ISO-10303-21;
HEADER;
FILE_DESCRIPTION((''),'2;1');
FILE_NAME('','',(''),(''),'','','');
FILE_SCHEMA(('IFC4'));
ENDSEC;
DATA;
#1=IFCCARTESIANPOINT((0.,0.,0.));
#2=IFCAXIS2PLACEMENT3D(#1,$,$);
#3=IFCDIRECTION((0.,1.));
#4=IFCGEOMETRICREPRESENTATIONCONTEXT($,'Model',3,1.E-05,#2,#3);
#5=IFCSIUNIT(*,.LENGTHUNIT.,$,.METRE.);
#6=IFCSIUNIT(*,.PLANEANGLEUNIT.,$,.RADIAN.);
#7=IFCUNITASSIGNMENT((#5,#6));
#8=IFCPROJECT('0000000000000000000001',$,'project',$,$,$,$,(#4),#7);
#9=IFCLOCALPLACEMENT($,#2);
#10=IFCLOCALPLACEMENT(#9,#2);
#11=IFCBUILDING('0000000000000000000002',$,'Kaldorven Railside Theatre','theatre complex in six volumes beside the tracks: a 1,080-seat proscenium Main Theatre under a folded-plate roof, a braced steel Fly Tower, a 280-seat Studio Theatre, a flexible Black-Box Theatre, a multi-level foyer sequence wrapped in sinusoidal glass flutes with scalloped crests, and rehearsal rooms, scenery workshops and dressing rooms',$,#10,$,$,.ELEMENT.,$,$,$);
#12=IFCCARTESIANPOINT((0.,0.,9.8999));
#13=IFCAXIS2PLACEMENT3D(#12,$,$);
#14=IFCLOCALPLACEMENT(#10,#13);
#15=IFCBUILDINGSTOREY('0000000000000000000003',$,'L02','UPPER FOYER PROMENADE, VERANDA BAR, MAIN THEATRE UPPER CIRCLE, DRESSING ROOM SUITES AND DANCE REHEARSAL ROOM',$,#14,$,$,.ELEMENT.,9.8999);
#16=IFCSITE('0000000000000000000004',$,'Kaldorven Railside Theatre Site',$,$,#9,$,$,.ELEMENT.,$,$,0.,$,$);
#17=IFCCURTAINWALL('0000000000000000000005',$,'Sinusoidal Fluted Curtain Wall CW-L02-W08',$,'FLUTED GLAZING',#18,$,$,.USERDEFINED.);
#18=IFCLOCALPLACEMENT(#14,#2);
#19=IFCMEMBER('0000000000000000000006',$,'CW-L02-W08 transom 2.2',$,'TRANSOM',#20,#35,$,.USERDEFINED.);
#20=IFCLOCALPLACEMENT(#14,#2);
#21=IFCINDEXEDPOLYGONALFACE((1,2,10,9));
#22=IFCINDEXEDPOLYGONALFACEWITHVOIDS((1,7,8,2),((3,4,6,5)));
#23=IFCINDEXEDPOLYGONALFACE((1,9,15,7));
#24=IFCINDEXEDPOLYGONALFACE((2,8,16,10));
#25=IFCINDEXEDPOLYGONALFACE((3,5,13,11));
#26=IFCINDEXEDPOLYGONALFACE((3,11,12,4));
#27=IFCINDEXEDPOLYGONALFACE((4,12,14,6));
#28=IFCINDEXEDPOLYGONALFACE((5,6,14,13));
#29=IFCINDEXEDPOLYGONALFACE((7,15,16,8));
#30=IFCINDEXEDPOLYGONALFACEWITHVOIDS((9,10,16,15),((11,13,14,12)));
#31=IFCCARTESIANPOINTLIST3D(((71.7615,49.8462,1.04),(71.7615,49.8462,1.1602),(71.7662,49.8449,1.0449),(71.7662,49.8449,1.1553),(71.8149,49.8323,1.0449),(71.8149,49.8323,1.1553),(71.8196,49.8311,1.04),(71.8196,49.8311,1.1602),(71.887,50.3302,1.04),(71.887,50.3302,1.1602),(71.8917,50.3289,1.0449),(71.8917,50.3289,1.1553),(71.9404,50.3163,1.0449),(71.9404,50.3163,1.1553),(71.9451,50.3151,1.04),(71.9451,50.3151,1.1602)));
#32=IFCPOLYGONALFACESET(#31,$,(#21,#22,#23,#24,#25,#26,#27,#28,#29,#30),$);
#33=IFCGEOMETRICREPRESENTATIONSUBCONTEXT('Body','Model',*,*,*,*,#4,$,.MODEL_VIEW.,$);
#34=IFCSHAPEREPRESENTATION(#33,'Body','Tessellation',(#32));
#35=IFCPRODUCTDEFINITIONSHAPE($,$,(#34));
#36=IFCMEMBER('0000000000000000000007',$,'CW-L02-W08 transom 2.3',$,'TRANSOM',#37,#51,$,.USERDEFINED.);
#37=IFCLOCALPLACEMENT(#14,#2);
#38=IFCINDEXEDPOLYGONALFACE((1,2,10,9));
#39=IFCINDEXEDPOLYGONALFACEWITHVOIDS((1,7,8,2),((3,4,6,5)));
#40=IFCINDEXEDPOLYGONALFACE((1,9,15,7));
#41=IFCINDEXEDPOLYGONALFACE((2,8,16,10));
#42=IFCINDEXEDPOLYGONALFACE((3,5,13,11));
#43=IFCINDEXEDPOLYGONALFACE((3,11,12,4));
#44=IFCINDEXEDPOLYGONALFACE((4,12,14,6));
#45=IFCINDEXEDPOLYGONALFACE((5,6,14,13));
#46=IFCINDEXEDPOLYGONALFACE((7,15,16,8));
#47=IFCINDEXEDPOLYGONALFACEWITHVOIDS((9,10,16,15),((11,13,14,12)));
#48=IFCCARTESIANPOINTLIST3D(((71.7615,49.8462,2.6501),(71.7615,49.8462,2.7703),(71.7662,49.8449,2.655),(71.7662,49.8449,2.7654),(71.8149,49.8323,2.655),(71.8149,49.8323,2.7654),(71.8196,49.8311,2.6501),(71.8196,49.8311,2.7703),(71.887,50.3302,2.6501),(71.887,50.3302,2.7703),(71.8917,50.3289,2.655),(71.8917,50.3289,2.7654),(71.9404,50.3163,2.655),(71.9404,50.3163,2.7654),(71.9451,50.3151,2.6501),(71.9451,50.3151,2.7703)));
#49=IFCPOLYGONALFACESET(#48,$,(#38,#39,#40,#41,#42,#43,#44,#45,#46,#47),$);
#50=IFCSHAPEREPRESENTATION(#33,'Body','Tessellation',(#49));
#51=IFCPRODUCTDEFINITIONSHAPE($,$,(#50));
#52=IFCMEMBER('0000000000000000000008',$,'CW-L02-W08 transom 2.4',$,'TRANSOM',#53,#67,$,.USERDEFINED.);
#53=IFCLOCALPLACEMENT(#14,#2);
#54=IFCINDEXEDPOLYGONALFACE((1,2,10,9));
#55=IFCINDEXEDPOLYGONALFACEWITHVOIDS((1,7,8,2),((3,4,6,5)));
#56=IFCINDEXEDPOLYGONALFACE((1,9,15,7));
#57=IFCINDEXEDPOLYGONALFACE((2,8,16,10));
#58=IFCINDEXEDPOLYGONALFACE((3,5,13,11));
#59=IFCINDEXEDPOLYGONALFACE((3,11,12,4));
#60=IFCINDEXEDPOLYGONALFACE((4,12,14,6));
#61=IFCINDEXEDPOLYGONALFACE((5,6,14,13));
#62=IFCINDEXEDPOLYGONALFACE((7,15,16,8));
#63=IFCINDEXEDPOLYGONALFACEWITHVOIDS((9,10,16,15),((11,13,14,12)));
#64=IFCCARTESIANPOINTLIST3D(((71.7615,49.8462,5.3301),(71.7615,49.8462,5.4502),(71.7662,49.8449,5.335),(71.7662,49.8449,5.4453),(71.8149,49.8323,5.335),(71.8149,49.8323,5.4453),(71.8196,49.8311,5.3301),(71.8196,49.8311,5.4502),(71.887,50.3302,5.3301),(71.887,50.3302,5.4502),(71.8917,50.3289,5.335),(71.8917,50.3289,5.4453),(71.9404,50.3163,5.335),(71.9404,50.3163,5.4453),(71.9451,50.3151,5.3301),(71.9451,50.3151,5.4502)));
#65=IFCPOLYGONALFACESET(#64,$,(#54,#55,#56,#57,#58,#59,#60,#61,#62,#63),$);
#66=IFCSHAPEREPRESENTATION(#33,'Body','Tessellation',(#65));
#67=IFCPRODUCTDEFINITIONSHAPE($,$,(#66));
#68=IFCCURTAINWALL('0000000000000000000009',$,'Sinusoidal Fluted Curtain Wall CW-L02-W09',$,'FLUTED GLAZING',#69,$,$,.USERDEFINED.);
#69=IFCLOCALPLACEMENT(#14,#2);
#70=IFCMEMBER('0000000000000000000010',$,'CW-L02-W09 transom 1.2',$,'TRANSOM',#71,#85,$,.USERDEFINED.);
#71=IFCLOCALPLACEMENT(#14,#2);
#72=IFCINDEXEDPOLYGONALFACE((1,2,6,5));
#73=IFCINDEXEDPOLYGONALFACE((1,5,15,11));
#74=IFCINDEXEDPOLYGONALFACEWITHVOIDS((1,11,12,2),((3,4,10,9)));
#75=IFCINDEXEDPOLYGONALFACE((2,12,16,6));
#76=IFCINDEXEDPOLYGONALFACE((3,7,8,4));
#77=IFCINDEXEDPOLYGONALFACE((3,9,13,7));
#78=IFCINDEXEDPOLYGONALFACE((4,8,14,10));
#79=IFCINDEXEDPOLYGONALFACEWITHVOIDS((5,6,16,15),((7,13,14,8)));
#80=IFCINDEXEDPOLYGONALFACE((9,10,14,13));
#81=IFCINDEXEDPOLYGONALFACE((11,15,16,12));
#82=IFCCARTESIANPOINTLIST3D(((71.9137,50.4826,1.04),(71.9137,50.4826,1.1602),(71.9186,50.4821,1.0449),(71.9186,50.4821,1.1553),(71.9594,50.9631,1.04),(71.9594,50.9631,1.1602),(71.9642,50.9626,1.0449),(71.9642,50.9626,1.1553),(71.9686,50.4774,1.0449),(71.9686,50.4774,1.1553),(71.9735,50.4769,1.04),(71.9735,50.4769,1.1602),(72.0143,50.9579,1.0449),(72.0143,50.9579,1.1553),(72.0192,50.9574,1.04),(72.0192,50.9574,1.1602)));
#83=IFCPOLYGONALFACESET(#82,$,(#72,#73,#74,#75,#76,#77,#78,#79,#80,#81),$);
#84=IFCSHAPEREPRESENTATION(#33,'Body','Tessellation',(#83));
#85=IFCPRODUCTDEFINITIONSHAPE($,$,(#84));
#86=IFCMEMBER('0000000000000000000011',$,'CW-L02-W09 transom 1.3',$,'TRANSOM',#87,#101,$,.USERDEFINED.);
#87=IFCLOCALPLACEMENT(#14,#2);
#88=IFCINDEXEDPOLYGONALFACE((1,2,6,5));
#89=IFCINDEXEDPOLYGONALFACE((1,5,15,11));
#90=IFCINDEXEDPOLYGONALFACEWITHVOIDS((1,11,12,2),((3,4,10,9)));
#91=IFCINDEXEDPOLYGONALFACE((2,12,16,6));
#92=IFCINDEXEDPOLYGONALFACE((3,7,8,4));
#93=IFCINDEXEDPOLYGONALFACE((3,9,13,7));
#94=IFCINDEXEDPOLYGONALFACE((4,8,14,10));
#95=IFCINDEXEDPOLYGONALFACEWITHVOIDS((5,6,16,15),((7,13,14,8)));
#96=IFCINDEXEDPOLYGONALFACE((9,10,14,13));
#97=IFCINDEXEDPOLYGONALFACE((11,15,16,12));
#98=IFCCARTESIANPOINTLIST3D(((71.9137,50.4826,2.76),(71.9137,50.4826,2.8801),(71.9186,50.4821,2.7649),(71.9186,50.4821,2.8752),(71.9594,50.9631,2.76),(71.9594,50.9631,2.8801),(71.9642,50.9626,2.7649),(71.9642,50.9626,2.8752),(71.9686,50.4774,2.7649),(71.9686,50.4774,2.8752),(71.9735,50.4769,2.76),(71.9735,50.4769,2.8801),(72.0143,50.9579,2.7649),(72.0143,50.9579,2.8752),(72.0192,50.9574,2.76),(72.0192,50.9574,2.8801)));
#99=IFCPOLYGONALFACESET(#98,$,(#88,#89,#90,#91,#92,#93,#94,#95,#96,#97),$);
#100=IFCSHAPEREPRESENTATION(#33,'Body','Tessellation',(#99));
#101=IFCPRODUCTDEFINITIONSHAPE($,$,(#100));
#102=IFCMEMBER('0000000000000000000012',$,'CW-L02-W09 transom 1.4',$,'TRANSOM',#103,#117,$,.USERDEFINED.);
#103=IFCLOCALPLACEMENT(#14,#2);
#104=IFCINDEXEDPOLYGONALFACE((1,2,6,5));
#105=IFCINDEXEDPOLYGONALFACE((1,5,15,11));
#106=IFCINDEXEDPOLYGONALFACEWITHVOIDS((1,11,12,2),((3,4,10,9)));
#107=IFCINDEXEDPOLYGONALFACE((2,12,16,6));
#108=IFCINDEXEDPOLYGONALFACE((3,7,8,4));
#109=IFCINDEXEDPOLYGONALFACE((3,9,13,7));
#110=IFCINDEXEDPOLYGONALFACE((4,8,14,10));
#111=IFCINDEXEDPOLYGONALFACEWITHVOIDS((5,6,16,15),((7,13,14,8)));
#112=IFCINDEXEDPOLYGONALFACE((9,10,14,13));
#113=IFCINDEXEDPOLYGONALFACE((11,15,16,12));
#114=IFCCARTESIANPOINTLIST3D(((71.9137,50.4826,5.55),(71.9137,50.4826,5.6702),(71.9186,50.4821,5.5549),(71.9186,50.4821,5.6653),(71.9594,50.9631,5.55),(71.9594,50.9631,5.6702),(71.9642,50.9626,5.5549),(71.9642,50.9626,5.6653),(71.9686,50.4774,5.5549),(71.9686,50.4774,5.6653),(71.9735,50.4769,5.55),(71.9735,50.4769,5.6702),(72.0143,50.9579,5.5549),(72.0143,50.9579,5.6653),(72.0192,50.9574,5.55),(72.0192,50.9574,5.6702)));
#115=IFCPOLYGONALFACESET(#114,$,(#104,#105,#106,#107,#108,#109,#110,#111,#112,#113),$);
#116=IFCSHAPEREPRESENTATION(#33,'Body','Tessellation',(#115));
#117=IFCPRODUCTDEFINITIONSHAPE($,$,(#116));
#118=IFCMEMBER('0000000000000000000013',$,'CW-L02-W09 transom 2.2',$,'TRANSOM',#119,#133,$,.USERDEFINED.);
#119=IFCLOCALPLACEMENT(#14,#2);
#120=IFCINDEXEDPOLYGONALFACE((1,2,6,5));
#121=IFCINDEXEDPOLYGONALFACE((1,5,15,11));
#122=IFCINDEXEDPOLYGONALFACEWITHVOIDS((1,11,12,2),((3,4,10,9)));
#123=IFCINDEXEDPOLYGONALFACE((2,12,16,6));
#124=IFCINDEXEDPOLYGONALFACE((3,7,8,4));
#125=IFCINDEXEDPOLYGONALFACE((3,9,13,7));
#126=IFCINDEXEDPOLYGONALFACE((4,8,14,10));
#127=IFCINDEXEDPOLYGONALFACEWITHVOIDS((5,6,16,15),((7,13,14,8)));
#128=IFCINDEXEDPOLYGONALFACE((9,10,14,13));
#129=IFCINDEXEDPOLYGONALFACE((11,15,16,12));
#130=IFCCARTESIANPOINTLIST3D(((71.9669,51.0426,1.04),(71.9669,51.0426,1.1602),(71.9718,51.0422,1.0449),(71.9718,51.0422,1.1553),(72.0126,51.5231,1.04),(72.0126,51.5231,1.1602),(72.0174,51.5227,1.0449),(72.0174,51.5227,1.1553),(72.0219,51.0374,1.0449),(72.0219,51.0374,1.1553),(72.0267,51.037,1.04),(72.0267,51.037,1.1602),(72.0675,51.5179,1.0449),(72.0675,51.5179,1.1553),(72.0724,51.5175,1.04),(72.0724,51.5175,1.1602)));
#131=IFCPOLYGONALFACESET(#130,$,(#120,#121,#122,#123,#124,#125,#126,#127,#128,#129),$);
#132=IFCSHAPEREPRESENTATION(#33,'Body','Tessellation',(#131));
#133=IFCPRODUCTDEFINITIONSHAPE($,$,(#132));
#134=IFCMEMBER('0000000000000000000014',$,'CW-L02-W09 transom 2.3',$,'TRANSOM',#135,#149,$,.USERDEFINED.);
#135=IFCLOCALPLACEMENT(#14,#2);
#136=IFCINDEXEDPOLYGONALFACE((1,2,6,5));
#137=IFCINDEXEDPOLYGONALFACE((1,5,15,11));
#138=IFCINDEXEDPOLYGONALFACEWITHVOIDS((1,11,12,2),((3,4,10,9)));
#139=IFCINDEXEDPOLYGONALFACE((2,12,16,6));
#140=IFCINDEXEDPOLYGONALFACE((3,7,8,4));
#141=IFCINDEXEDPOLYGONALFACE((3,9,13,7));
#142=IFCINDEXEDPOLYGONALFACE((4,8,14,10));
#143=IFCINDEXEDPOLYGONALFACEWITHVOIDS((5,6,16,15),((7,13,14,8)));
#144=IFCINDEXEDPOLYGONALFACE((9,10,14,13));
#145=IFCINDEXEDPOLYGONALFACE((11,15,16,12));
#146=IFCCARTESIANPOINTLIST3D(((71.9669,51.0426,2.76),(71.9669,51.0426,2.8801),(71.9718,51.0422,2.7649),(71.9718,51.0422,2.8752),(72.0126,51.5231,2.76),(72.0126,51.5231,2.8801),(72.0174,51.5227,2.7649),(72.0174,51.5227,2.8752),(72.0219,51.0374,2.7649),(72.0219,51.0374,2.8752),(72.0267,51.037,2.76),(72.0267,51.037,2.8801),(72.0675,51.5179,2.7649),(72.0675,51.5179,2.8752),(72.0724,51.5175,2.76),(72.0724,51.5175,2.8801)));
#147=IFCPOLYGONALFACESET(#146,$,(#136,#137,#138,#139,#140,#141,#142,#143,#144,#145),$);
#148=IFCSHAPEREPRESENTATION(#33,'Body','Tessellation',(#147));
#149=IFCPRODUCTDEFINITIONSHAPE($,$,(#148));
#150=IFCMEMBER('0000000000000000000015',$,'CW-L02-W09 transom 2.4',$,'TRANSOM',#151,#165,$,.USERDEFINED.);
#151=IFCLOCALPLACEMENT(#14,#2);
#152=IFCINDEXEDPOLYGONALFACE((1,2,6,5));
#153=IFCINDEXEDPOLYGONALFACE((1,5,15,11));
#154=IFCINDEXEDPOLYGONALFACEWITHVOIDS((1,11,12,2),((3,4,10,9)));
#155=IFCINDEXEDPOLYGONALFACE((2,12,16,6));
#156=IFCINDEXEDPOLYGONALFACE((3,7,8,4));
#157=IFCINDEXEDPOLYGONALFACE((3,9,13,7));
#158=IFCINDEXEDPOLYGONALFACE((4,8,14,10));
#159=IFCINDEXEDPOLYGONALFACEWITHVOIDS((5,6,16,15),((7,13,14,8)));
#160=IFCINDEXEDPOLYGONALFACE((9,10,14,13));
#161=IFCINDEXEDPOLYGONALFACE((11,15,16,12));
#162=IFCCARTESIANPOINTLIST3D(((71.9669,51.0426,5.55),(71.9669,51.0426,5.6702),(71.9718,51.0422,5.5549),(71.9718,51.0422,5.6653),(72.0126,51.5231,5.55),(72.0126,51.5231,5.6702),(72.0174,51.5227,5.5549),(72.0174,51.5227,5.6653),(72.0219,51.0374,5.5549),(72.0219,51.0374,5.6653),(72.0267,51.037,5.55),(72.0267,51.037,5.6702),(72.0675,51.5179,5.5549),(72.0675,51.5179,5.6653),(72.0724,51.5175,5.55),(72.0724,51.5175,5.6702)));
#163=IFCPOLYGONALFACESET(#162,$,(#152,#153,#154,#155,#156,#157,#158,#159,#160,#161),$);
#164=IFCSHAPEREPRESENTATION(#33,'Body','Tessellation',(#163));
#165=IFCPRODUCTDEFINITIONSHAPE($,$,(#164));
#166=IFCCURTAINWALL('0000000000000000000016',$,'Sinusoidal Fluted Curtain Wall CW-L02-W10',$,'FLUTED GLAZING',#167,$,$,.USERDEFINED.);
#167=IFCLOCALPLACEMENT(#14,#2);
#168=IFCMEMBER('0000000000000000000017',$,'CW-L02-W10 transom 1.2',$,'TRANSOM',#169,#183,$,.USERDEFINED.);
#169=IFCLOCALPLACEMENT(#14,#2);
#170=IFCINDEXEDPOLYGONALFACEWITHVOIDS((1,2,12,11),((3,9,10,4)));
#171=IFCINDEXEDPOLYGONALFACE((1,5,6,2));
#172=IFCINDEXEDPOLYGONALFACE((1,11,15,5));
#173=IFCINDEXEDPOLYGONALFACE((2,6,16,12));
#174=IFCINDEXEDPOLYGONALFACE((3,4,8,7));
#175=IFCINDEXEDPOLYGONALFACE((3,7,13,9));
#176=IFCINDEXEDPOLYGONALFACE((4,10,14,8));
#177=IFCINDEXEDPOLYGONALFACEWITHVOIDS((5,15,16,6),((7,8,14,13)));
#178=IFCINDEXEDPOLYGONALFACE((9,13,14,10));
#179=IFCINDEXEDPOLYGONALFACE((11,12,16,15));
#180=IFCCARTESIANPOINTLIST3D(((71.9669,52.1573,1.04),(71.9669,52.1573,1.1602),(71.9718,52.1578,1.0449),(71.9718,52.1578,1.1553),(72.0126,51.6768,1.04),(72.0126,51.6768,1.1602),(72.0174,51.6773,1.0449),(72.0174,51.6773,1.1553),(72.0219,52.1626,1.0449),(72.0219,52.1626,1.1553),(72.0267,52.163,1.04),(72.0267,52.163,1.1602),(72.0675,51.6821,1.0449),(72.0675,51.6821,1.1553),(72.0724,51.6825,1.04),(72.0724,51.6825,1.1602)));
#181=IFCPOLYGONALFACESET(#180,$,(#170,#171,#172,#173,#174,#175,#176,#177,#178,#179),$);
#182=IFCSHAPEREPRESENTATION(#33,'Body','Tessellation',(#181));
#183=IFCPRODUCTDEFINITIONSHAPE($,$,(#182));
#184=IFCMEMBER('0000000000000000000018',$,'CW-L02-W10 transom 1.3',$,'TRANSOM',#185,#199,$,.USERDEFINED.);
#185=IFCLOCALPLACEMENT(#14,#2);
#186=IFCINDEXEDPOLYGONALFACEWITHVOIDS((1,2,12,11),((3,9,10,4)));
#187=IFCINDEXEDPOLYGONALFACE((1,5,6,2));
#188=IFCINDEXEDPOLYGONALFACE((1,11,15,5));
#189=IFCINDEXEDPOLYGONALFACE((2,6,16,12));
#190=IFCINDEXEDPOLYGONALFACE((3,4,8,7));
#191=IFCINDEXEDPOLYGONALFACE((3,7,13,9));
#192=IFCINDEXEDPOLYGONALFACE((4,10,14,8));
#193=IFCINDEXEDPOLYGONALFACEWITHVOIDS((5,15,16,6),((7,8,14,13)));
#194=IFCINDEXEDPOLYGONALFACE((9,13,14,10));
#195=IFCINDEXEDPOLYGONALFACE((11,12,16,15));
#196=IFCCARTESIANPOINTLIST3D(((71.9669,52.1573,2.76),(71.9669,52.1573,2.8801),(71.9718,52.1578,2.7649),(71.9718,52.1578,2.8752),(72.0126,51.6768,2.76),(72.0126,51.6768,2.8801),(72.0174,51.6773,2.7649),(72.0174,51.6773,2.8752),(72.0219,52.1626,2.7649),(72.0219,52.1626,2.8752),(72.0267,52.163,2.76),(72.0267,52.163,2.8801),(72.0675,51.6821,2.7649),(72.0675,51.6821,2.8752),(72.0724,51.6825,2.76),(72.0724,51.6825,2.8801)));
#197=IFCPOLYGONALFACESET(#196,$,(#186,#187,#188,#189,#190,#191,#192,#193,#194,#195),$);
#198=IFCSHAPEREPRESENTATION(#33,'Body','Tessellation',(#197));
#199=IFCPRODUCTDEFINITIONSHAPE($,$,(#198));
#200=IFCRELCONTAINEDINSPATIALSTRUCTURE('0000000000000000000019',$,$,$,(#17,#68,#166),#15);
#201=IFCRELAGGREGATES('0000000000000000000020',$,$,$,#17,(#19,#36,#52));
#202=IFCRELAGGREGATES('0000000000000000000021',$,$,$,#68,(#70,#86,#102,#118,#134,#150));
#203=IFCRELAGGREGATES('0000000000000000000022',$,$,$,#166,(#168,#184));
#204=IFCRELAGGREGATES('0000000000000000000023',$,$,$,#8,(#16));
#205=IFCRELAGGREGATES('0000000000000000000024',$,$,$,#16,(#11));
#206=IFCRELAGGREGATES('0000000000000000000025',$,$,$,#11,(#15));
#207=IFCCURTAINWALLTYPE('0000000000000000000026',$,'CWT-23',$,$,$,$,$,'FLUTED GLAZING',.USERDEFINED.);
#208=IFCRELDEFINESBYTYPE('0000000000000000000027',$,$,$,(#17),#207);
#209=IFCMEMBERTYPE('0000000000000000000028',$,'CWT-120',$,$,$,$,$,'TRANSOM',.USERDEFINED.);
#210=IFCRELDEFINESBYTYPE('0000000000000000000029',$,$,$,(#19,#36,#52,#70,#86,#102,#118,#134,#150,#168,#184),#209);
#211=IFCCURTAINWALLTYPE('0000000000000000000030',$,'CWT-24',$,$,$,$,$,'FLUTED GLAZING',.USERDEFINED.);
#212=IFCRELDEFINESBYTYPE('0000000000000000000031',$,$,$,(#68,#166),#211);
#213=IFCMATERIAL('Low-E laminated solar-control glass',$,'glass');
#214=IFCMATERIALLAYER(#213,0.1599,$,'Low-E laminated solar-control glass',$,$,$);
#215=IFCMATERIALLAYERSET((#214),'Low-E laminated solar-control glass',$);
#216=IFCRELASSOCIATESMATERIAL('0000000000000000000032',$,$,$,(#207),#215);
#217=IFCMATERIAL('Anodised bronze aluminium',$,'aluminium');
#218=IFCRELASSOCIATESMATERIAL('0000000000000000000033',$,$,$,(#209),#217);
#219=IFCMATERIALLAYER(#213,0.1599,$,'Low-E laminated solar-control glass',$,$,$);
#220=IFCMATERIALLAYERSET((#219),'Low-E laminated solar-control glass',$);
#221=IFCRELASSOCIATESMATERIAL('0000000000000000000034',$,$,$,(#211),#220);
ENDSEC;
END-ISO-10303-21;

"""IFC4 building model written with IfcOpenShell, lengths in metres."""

from ifc_helpers import new_model, si_unit, direction, frame, origin, origin_2d, place, context, subcontext, project, spatial, hollow_rectangle, extrude, material, layer, layer_set, material_profile, profile_set, type_object, element, aggregate, save


model = new_model("IFC4")

# Units and contexts
model_context = context("Model", 3, precision=1e-05, world=origin(), true_north=direction((0.0, 1.0)))
body_context = subcontext(model_context, "Body", "Model", "MODEL_VIEW")
ifc_project = project(units=[si_unit("LENGTHUNIT", "METRE"), si_unit("PLANEANGLEUNIT", "RADIAN")], contexts=[model_context])

# Site, building, storey
site_placement = place(None, origin())
site = spatial("IfcSite", under=ifc_project, at=site_placement, Name="Kaldorven Railside Theatre Site", CompositionType="ELEMENT", RefElevation=0.0)
building_placement = place(site_placement, origin())
building = spatial("IfcBuilding", under=site, at=building_placement, Name="Kaldorven Railside Theatre", Description="theatre complex in six volumes beside the tracks: a 1,080-seat proscenium Main Theatre under a folded-plate roof, a braced steel Fly Tower, a 280-seat Studio Theatre, a flexible Black-Box Theatre, a multi-level foyer sequence wrapped in sinusoidal glass flutes with scalloped crests, and rehearsal rooms, scenery workshops and dressing rooms", CompositionType="ELEMENT")
storey_placement = place(building_placement, frame((0.0, 0.0, 9.8999)))
storey = spatial("IfcBuildingStorey", under=building, at=storey_placement, Name="L02", Description="UPPER FOYER PROMENADE, VERANDA BAR, MAIN THEATRE UPPER CIRCLE, DRESSING ROOM SUITES AND DANCE REHEARSAL ROOM", CompositionType="ELEMENT", Elevation=9.8999)

# Curtain walls, members
ifc_material_1 = material(Name="Low-E laminated solar-control glass", Category="glass")
ifc_layer_1 = layer(ifc_material_1, 0.1599, Name="Low-E laminated solar-control glass")
ifc_layer_set_1 = layer_set([ifc_layer_1], Name="Low-E laminated solar-control glass")
curtain_wall_type_1 = type_object("IfcCurtainWallType", Name="CWT-23", ElementType="FLUTED GLAZING", PredefinedType="USERDEFINED", material=ifc_layer_set_1)
curtain_wall_1_placement = place(storey_placement, origin())
curtain_wall_1 = element("IfcCurtainWall", 1, at=curtain_wall_1_placement, inside=storey, type_object=curtain_wall_type_1, Name="Sinusoidal Fluted Curtain Wall CW-L02-W08", ObjectType="FLUTED GLAZING", PredefinedType="USERDEFINED")
ifc_material_2 = material(Name="Anodised bronze aluminium", Category="aluminium")
ifc_material_profile = material_profile(ifc_material_2, hollow_rectangle(XDim=0.0601, YDim=0.1201, WallThickness=0.0049, at=origin_2d()), Name="RHS 120x60x5")
ifc_profile_set = profile_set([ifc_material_profile], Name="Anodised bronze aluminium")
member_type = type_object("IfcMemberType", Name="CWT-120", ElementType="TRANSOM", PredefinedType="USERDEFINED", material=ifc_profile_set)
member_1_placement = place(storey_placement, frame((71.7905, 49.8386, 1.1001), z_axis=(0.25103, 0.967979, 0.0), x_axis=(-0.967979, 0.25103, 0.0)))
member_1 = element("IfcMember", 2, at=member_1_placement, type_object=member_type, Name="CW-L02-W08 transom 2.2", ObjectType="TRANSOM", PredefinedType="USERDEFINED", context=body_context, shape_type="SweptSolid", body=[
    extrude(hollow_rectangle(XDim=0.0601, YDim=0.1201, WallThickness=0.0049, at=origin_2d()), origin(), (0.0, 0.0, 1.0), 0.5),
])
member_2_placement = place(storey_placement, frame((71.7905, 49.8386, 2.7102), z_axis=(0.25103, 0.967979, 0.0), x_axis=(-0.967979, 0.25103, 0.0)))
member_2 = element("IfcMember", 3, at=member_2_placement, type_object=member_type, Name="CW-L02-W08 transom 2.3", ObjectType="TRANSOM", PredefinedType="USERDEFINED", context=body_context, shape_type="SweptSolid", body=[
    extrude(hollow_rectangle(XDim=0.0601, YDim=0.1201, WallThickness=0.0049, at=origin_2d()), origin(), (0.0, 0.0, 1.0), 0.5),
])
member_3_placement = place(storey_placement, frame((71.7905, 49.8386, 5.3901), z_axis=(0.25103, 0.967979, 0.0), x_axis=(-0.967979, 0.25103, 0.0)))
member_3 = element("IfcMember", 4, at=member_3_placement, type_object=member_type, Name="CW-L02-W08 transom 2.4", ObjectType="TRANSOM", PredefinedType="USERDEFINED", context=body_context, shape_type="SweptSolid", body=[
    extrude(hollow_rectangle(XDim=0.0601, YDim=0.1201, WallThickness=0.0049, at=origin_2d()), origin(), (0.0, 0.0, 1.0), 0.5),
])
ifc_layer_2 = layer(ifc_material_1, 0.1599, Name="Low-E laminated solar-control glass")
ifc_layer_set_2 = layer_set([ifc_layer_2], Name="Low-E laminated solar-control glass")
curtain_wall_type_2 = type_object("IfcCurtainWallType", Name="CWT-24", ElementType="FLUTED GLAZING", PredefinedType="USERDEFINED", material=ifc_layer_set_2)
curtain_wall_2_placement = place(storey_placement, origin())
curtain_wall_2 = element("IfcCurtainWall", 5, at=curtain_wall_2_placement, inside=storey, type_object=curtain_wall_type_2, Name="Sinusoidal Fluted Curtain Wall CW-L02-W09", ObjectType="FLUTED GLAZING", PredefinedType="USERDEFINED")
member_4_placement = place(storey_placement, frame((71.9436, 50.4797, 1.1001), z_axis=(0.094594, 0.995516, 0.0), x_axis=(-0.995516, 0.094594, 0.0)))
member_4 = element("IfcMember", 6, at=member_4_placement, type_object=member_type, Name="CW-L02-W09 transom 1.2", ObjectType="TRANSOM", PredefinedType="USERDEFINED", context=body_context, shape_type="SweptSolid", body=[
    extrude(hollow_rectangle(XDim=0.0601, YDim=0.1201, WallThickness=0.0049, at=origin_2d()), origin(), (0.0, 0.0, 1.0), 0.4827),
])
member_5_placement = place(storey_placement, frame((71.9436, 50.4797, 2.8201), z_axis=(0.094594, 0.995516, 0.0), x_axis=(-0.995516, 0.094594, 0.0)))
member_5 = element("IfcMember", 7, at=member_5_placement, type_object=member_type, Name="CW-L02-W09 transom 1.3", ObjectType="TRANSOM", PredefinedType="USERDEFINED", context=body_context, shape_type="SweptSolid", body=[
    extrude(hollow_rectangle(XDim=0.0601, YDim=0.1201, WallThickness=0.0049, at=origin_2d()), origin(), (0.0, 0.0, 1.0), 0.4827),
])
member_6_placement = place(storey_placement, frame((71.9436, 50.4797, 5.6101), z_axis=(0.094594, 0.995516, 0.0), x_axis=(-0.995516, 0.094594, 0.0)))
member_6 = element("IfcMember", 8, at=member_6_placement, type_object=member_type, Name="CW-L02-W09 transom 1.4", ObjectType="TRANSOM", PredefinedType="USERDEFINED", context=body_context, shape_type="SweptSolid", body=[
    extrude(hollow_rectangle(XDim=0.0601, YDim=0.1201, WallThickness=0.0049, at=origin_2d()), origin(), (0.0, 0.0, 1.0), 0.4827),
])
member_7_placement = place(storey_placement, frame((71.9968, 51.0398, 1.1001), z_axis=(0.094594, 0.995516, 0.0), x_axis=(-0.995516, 0.094594, 0.0)))
member_7 = element("IfcMember", 9, at=member_7_placement, type_object=member_type, Name="CW-L02-W09 transom 2.2", ObjectType="TRANSOM", PredefinedType="USERDEFINED", context=body_context, shape_type="SweptSolid", body=[
    extrude(hollow_rectangle(XDim=0.0601, YDim=0.1201, WallThickness=0.0049, at=origin_2d()), origin(), (0.0, 0.0, 1.0), 0.4827),
])
member_8_placement = place(storey_placement, frame((71.9968, 51.0398, 2.8201), z_axis=(0.094594, 0.995516, 0.0), x_axis=(-0.995516, 0.094594, 0.0)))
member_8 = element("IfcMember", 10, at=member_8_placement, type_object=member_type, Name="CW-L02-W09 transom 2.3", ObjectType="TRANSOM", PredefinedType="USERDEFINED", context=body_context, shape_type="SweptSolid", body=[
    extrude(hollow_rectangle(XDim=0.0601, YDim=0.1201, WallThickness=0.0049, at=origin_2d()), origin(), (0.0, 0.0, 1.0), 0.4827),
])
member_9_placement = place(storey_placement, frame((71.9968, 51.0398, 5.6101), z_axis=(0.094594, 0.995516, 0.0), x_axis=(-0.995516, 0.094594, 0.0)))
member_9 = element("IfcMember", 11, at=member_9_placement, type_object=member_type, Name="CW-L02-W09 transom 2.4", ObjectType="TRANSOM", PredefinedType="USERDEFINED", context=body_context, shape_type="SweptSolid", body=[
    extrude(hollow_rectangle(XDim=0.0601, YDim=0.1201, WallThickness=0.0049, at=origin_2d()), origin(), (0.0, 0.0, 1.0), 0.4827),
])
curtain_wall_3_placement = place(storey_placement, origin())
curtain_wall_3 = element("IfcCurtainWall", 12, at=curtain_wall_3_placement, inside=storey, type_object=curtain_wall_type_2, Name="Sinusoidal Fluted Curtain Wall CW-L02-W10", ObjectType="FLUTED GLAZING", PredefinedType="USERDEFINED")
member_10_placement = place(storey_placement, frame((72.0425, 51.6797, 1.1001), z_axis=(-0.094594, 0.995516, 0.0), x_axis=(-0.995516, -0.094594, 0.0)))
member_10 = element("IfcMember", 13, at=member_10_placement, type_object=member_type, Name="CW-L02-W10 transom 1.2", ObjectType="TRANSOM", PredefinedType="USERDEFINED", context=body_context, shape_type="SweptSolid", body=[
    extrude(hollow_rectangle(XDim=0.0601, YDim=0.1201, WallThickness=0.0049, at=origin_2d()), origin(), (0.0, 0.0, 1.0), 0.4827),
])
member_11_placement = place(storey_placement, frame((72.0425, 51.6797, 2.8201), z_axis=(-0.094594, 0.995516, 0.0), x_axis=(-0.995516, -0.094594, 0.0)))
member_11 = element("IfcMember", 14, at=member_11_placement, type_object=member_type, Name="CW-L02-W10 transom 1.3", ObjectType="TRANSOM", PredefinedType="USERDEFINED", context=body_context, shape_type="SweptSolid", body=[
    extrude(hollow_rectangle(XDim=0.0601, YDim=0.1201, WallThickness=0.0049, at=origin_2d()), origin(), (0.0, 0.0, 1.0), 0.4827),
])

aggregate(curtain_wall_1, [member_1, member_2, member_3])
aggregate(curtain_wall_2, [member_4, member_5, member_6, member_7, member_8, member_9])
aggregate(curtain_wall_3, [member_10, member_11])

save(model, "model.ifc")
